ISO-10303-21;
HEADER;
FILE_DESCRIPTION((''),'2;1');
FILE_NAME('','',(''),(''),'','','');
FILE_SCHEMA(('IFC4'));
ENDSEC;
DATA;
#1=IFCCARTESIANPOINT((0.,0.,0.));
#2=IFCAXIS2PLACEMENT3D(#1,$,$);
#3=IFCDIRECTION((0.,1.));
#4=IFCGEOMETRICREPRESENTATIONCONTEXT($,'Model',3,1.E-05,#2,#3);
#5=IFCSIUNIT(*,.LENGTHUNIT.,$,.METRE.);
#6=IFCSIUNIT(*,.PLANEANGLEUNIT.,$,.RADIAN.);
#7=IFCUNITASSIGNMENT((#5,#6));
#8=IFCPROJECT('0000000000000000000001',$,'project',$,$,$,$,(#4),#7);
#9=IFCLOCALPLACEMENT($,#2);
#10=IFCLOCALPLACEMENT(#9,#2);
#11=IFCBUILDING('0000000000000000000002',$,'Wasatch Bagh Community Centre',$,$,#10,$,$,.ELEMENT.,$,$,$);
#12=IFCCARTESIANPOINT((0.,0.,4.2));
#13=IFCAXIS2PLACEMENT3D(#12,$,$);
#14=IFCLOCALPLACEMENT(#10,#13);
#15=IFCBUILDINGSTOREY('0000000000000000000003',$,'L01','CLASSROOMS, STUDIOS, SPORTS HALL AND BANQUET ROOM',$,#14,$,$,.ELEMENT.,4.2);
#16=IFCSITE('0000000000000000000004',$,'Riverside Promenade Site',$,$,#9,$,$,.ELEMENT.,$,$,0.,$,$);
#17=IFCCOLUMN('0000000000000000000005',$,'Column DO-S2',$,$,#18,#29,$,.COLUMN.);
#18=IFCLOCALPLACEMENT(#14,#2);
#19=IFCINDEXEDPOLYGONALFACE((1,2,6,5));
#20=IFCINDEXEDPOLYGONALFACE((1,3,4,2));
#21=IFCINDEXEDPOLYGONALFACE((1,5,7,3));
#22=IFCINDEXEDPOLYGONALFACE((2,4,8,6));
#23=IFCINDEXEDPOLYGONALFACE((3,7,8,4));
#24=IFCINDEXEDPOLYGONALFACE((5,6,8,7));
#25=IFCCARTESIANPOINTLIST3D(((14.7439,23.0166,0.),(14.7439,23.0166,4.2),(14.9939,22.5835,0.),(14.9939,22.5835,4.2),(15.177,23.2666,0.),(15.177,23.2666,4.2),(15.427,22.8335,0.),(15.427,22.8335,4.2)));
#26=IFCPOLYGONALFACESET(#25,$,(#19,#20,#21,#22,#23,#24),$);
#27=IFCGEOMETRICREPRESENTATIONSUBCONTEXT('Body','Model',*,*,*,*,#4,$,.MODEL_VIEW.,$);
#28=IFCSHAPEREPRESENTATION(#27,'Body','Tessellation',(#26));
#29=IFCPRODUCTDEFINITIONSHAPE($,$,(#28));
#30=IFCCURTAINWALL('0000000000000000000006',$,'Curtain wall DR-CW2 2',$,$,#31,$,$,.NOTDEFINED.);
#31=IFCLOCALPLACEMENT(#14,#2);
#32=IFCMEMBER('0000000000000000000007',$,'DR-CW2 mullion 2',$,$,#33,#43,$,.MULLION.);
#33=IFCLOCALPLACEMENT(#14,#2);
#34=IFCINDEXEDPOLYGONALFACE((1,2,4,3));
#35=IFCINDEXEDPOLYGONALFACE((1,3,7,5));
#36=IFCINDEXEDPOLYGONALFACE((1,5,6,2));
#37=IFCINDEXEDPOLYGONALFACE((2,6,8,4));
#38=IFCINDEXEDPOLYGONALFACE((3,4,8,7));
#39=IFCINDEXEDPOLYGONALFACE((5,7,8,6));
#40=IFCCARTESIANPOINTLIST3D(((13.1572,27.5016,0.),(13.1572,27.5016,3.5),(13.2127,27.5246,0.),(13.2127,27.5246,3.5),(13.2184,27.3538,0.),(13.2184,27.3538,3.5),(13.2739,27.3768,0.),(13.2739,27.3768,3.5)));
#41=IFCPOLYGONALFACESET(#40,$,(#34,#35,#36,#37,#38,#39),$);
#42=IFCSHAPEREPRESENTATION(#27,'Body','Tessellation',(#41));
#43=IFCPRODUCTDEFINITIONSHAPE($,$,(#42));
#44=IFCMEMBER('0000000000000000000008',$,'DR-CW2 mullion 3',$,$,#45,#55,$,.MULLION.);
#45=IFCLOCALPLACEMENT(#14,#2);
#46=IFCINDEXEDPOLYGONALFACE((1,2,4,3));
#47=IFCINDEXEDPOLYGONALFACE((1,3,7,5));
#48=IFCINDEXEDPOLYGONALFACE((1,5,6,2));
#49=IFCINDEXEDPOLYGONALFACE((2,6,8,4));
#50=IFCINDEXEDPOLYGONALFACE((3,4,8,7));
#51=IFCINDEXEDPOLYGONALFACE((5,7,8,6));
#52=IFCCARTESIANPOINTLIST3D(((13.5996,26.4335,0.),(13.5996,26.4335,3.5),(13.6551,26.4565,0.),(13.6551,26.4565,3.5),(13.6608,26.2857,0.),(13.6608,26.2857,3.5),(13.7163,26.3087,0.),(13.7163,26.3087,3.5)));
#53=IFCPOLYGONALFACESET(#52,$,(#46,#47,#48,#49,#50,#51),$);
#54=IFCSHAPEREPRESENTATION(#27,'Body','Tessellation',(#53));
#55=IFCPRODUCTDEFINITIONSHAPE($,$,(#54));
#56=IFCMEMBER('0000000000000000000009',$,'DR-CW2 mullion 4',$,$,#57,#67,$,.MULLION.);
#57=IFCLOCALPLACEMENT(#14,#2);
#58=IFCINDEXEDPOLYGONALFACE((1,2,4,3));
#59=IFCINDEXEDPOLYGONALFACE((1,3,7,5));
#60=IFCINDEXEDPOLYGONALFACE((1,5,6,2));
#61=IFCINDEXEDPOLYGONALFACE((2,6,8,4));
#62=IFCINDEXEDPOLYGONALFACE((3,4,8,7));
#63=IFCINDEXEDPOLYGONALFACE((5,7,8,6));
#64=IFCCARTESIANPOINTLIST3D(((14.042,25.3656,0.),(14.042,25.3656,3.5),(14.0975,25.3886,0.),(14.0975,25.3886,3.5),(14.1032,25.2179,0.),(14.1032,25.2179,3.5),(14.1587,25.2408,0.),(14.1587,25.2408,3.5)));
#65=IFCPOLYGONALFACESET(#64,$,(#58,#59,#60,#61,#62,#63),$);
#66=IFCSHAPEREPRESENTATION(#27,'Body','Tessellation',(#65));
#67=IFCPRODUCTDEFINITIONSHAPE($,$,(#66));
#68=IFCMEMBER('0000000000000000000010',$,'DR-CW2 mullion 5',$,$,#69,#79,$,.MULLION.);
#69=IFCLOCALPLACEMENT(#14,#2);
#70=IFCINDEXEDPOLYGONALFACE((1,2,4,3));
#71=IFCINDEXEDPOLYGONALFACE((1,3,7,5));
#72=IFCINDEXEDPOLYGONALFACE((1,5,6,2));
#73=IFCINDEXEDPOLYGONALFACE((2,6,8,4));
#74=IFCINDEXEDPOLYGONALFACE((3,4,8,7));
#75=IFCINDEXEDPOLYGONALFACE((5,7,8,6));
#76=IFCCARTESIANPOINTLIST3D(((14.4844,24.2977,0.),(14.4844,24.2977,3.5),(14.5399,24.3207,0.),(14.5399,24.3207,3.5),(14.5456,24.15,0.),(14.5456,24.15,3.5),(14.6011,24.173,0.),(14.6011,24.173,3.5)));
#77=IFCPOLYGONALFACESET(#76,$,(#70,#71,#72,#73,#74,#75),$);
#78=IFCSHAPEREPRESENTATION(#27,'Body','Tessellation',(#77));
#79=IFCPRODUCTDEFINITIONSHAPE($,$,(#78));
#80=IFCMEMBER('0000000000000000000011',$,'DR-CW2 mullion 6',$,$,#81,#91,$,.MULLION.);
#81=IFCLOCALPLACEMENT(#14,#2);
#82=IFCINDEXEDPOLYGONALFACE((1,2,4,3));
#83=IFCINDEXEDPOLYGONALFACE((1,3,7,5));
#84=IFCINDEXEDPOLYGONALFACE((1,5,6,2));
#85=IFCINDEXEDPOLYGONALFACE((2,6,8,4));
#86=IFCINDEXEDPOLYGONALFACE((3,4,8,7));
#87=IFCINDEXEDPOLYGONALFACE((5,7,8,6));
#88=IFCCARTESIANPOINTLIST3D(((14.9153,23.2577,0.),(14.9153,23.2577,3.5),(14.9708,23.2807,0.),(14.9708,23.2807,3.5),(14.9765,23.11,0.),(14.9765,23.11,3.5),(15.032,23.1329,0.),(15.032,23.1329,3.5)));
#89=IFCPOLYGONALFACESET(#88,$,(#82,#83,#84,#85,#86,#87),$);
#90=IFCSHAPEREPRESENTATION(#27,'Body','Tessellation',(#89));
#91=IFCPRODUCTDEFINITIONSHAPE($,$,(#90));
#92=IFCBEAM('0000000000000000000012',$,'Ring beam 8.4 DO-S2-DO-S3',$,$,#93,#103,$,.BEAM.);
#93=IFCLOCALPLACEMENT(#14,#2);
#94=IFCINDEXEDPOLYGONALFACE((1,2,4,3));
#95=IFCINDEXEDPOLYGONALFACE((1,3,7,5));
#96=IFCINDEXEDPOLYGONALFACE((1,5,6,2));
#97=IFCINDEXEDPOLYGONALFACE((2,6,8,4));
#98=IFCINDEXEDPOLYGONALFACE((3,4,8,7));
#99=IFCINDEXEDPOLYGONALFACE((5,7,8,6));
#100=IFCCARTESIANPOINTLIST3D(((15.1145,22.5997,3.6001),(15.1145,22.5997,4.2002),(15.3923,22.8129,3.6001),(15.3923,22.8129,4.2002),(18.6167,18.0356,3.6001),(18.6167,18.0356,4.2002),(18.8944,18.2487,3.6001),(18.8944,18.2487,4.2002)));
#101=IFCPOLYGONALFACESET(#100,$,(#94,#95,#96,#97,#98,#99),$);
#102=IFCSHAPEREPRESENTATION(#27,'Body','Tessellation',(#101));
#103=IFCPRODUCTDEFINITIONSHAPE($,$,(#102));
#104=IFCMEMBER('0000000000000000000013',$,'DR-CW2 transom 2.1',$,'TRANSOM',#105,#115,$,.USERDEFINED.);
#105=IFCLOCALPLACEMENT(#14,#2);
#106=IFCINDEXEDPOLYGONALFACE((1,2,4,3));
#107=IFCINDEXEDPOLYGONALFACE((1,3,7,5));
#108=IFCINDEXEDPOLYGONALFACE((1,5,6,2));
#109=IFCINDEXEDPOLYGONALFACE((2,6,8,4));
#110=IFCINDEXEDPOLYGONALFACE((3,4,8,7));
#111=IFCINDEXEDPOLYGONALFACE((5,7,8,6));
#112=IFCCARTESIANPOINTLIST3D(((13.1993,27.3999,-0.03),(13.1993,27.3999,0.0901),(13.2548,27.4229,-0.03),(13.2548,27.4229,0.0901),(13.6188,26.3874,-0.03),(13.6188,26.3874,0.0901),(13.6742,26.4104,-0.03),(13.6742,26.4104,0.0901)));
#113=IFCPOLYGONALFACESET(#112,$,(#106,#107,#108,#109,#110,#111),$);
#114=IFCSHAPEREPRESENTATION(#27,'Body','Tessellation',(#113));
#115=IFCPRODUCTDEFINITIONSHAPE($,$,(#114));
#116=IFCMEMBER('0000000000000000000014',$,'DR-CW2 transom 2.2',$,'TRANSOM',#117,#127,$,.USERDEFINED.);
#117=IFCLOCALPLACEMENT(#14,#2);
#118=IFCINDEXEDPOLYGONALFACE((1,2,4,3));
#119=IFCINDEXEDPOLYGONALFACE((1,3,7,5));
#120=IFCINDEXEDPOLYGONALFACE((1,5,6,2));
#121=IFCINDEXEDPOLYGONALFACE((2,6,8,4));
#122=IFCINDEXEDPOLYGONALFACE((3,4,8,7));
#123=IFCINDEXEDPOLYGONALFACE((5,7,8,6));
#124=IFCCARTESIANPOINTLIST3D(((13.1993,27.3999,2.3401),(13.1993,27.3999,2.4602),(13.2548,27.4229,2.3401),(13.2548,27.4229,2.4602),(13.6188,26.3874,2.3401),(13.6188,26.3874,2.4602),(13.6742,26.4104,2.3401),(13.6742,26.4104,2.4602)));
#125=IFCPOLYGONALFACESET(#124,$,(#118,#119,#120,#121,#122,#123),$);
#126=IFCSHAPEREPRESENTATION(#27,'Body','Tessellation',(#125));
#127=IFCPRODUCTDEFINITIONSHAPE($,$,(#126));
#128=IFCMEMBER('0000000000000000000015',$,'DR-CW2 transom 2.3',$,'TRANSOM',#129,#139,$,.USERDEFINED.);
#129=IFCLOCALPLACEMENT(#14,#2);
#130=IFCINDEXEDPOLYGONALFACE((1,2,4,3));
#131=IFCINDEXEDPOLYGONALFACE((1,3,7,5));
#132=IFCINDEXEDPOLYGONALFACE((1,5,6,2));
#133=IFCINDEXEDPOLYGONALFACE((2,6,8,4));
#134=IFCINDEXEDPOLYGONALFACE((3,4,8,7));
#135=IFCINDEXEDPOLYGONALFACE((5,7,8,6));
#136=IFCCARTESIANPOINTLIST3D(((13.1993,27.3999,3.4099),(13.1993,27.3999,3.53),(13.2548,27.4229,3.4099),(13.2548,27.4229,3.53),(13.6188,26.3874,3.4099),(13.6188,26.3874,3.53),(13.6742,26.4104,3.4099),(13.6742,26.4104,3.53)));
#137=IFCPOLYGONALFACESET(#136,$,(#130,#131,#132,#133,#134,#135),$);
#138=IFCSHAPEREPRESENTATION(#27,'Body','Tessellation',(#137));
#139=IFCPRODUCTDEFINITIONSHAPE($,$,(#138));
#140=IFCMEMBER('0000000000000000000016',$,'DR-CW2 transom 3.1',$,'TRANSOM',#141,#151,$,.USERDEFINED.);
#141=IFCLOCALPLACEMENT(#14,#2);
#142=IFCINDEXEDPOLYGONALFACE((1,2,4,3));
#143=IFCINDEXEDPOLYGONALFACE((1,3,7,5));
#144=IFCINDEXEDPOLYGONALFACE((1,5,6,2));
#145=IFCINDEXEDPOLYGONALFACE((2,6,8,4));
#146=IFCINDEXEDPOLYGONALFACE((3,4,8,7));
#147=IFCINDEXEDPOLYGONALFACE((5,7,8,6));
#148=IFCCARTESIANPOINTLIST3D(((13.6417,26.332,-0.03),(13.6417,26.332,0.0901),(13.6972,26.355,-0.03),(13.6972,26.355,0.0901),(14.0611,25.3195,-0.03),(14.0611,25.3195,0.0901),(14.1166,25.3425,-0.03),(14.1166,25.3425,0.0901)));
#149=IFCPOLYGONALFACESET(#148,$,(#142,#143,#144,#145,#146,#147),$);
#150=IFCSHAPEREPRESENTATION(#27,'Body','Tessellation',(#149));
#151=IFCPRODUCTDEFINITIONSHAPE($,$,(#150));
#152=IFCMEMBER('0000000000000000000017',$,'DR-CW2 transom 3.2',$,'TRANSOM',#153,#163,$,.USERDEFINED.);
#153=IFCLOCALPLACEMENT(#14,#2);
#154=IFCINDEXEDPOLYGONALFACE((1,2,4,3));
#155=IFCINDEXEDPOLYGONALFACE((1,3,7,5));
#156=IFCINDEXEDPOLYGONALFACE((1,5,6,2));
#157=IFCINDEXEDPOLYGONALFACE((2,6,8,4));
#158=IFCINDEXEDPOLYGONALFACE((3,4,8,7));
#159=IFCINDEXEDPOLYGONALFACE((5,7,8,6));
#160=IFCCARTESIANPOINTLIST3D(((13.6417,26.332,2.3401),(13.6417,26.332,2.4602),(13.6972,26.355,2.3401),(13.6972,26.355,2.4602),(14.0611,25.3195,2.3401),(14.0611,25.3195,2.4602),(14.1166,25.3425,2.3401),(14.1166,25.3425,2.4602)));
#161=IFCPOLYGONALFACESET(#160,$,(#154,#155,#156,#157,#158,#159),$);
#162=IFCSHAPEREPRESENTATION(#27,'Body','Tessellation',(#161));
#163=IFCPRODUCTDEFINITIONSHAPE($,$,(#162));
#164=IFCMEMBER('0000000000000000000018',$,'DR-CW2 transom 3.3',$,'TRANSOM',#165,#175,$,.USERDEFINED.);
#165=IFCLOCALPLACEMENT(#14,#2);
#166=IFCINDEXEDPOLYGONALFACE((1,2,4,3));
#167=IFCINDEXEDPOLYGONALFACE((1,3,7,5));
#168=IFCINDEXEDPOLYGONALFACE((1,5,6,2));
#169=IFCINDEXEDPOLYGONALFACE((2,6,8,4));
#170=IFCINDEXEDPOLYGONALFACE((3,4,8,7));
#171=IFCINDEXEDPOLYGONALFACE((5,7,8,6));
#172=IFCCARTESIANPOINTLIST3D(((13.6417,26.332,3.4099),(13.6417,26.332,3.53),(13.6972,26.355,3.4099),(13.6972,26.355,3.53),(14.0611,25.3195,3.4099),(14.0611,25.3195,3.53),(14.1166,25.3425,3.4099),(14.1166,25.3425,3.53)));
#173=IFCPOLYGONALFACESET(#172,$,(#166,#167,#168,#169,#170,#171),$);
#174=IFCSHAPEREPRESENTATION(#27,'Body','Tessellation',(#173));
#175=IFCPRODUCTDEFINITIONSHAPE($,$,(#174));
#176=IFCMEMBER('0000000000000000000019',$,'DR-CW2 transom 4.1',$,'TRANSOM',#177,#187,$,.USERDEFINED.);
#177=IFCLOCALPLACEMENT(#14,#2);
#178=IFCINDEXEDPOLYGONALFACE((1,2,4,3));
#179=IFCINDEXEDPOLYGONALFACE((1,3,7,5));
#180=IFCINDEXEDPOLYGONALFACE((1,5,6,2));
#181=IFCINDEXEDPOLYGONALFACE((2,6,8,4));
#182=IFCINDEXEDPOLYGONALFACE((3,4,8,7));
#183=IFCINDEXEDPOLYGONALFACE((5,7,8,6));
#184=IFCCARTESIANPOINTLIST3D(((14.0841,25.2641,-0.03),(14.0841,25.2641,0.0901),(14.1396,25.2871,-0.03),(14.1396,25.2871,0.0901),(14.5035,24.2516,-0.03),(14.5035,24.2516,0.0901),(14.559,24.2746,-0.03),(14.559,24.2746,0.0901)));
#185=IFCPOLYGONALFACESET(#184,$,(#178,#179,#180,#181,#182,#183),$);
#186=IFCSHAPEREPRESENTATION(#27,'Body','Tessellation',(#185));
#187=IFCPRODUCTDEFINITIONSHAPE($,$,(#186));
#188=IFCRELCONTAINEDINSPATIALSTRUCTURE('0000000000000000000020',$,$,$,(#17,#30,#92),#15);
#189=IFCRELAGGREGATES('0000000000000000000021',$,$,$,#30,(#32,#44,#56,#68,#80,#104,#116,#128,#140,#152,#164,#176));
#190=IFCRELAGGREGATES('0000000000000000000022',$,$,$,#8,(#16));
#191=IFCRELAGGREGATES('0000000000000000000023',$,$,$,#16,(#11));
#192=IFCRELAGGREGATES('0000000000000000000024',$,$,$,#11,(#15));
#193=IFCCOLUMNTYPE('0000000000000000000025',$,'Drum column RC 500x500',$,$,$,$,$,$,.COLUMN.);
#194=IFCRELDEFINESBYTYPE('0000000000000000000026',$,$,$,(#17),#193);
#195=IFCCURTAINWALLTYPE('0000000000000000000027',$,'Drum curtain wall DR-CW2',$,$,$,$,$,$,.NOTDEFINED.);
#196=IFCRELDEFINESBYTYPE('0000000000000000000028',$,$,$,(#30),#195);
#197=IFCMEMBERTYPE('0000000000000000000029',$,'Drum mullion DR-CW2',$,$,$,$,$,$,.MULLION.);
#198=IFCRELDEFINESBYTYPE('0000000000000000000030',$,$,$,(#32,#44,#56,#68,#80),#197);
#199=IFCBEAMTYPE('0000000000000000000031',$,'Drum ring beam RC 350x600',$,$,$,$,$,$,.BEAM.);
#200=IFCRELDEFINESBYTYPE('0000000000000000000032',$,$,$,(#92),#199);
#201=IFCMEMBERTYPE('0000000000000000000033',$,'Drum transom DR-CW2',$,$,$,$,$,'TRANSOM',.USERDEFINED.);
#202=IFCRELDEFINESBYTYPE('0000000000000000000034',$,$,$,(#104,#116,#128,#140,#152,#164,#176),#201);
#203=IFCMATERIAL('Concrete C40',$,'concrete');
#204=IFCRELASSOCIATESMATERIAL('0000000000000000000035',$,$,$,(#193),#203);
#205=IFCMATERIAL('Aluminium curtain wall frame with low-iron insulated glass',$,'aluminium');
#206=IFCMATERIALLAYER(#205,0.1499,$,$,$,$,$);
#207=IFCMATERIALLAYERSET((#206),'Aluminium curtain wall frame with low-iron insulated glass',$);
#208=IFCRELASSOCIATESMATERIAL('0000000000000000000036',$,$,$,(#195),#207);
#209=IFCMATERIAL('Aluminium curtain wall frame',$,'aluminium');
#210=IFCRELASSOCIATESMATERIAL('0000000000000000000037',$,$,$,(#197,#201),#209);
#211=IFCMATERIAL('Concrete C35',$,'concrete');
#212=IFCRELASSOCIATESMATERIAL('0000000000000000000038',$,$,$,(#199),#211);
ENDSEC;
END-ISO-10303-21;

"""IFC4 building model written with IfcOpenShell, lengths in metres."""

from ifc_helpers import new_model, si_unit, direction, frame, origin, origin_2d, place, context, subcontext, project, spatial, rectangle, extrude, material, layer, layer_set, material_profile, profile_set, type_object, element, aggregate, save


model = new_model("IFC4")

# Units and contexts
model_context = context("Model", 3, precision=1e-05, world=origin(), true_north=direction((0.0, 1.0)))
body_context = subcontext(model_context, "Body", "Model", "MODEL_VIEW")
ifc_project = project(units=[si_unit("LENGTHUNIT", "METRE"), si_unit("PLANEANGLEUNIT", "RADIAN")], contexts=[model_context])

# Site, building, storey
site_placement = place(None, origin())
site = spatial("IfcSite", under=ifc_project, at=site_placement, Name="Riverside Promenade Site", CompositionType="ELEMENT", RefElevation=0.0)
building_placement = place(site_placement, origin())
building = spatial("IfcBuilding", under=site, at=building_placement, Name="Wasatch Bagh Community Centre", CompositionType="ELEMENT")
storey_placement = place(building_placement, frame((0.0, 0.0, 4.2)))
storey = spatial("IfcBuildingStorey", under=building, at=storey_placement, Name="L01", Description="CLASSROOMS, STUDIOS, SPORTS HALL AND BANQUET ROOM", CompositionType="ELEMENT", Elevation=4.2)

# Column
ifc_material_1 = material(Name="Concrete C40", Category="concrete")
ifc_material_profile_1 = material_profile(ifc_material_1, rectangle(XDim=0.5, YDim=0.5, at=origin_2d()), Name="RC 500x500")
ifc_profile_set_1 = profile_set([ifc_material_profile_1], Name="Concrete C40")
column_type = type_object("IfcColumnType", Name="Drum column RC 500x500", PredefinedType="COLUMN", material=ifc_profile_set_1)
column_placement = place(storey_placement, frame((15.0854, 22.925, 0.0), z_axis=(0.0, 0.0, 1.0), x_axis=(0.866025, 0.5, 0.0)))
element("IfcColumn", 1, at=column_placement, inside=storey, type_object=column_type, Name="Column DO-S2", PredefinedType="COLUMN", context=body_context, shape_type="SweptSolid", body=[
    extrude(rectangle(XDim=0.5, YDim=0.5, at=origin_2d()), origin(), (0.0, 0.0, 1.0), 4.2),
])

# Curtain wall, members
ifc_material_2 = material(Name="Aluminium curtain wall frame with low-iron insulated glass", Category="aluminium")
ifc_layer_1 = layer(ifc_material_2, 0.1499)
ifc_layer_set_1 = layer_set([ifc_layer_1], Name="Aluminium curtain wall frame with low-iron insulated glass")
curtain_wall_type = type_object("IfcCurtainWallType", Name="Drum curtain wall DR-CW2", PredefinedType="NOTDEFINED", material=ifc_layer_set_1)
curtain_wall_placement = place(storey_placement, origin())
curtain_wall = element("IfcCurtainWall", 2, at=curtain_wall_placement, inside=storey, type_object=curtain_wall_type, Name="Curtain wall DR-CW2 2", PredefinedType="NOTDEFINED")
ifc_material_3 = material(Name="Aluminium curtain wall frame", Category="aluminium")
ifc_material_profile_2 = material_profile(ifc_material_3, rectangle(XDim=0.0601, YDim=0.1599, at=origin_2d()), Name="Drum mullion DR-CW2")
ifc_profile_set_2 = profile_set([ifc_material_profile_2], Name="Aluminium curtain wall frame")
member_type_1 = type_object("IfcMemberType", Name="Drum mullion DR-CW2", PredefinedType="MULLION", material=ifc_profile_set_2)
member_1_placement = place(storey_placement, frame((13.2156, 27.4392, 0.0), z_axis=(0.0, 0.0, 1.0), x_axis=(0.92388, 0.382683, 0.0)))
member_1 = element("IfcMember", 3, at=member_1_placement, type_object=member_type_1, Name="DR-CW2 mullion 2", PredefinedType="MULLION", context=body_context, shape_type="SweptSolid", body=[
    extrude(rectangle(XDim=0.0601, YDim=0.1599, at=origin_2d()), origin(), (0.0, 0.0, 1.0), 3.5),
])
member_2_placement = place(storey_placement, frame((13.658, 26.3711, 0.0), z_axis=(0.0, 0.0, 1.0), x_axis=(0.92388, 0.382683, 0.0)))
member_2 = element("IfcMember", 4, at=member_2_placement, type_object=member_type_1, Name="DR-CW2 mullion 3", PredefinedType="MULLION", context=body_context, shape_type="SweptSolid", body=[
    extrude(rectangle(XDim=0.0601, YDim=0.1599, at=origin_2d()), origin(), (0.0, 0.0, 1.0), 3.5),
])
member_3_placement = place(storey_placement, frame((14.1003, 25.3032, 0.0), z_axis=(0.0, 0.0, 1.0), x_axis=(0.92388, 0.382683, 0.0)))
member_3 = element("IfcMember", 5, at=member_3_placement, type_object=member_type_1, Name="DR-CW2 mullion 4", PredefinedType="MULLION", context=body_context, shape_type="SweptSolid", body=[
    extrude(rectangle(XDim=0.0601, YDim=0.1599, at=origin_2d()), origin(), (0.0, 0.0, 1.0), 3.5),
])
member_4_placement = place(storey_placement, frame((14.5427, 24.2354, 0.0), z_axis=(0.0, 0.0, 1.0), x_axis=(0.92388, 0.382683, 0.0)))
member_4 = element("IfcMember", 6, at=member_4_placement, type_object=member_type_1, Name="DR-CW2 mullion 5", PredefinedType="MULLION", context=body_context, shape_type="SweptSolid", body=[
    extrude(rectangle(XDim=0.0601, YDim=0.1599, at=origin_2d()), origin(), (0.0, 0.0, 1.0), 3.5),
])
member_5_placement = place(storey_placement, frame((14.9736, 23.1953, 0.0), z_axis=(0.0, 0.0, 1.0), x_axis=(0.92388, 0.382683, 0.0)))
member_5 = element("IfcMember", 7, at=member_5_placement, type_object=member_type_1, Name="DR-CW2 mullion 6", PredefinedType="MULLION", context=body_context, shape_type="SweptSolid", body=[
    extrude(rectangle(XDim=0.0601, YDim=0.1599, at=origin_2d()), origin(), (0.0, 0.0, 1.0), 3.5),
])

# Beam
ifc_material_4 = material(Name="Concrete C35", Category="concrete")
ifc_material_profile_3 = material_profile(ifc_material_4, rectangle(XDim=0.3501, YDim=0.6001, at=origin_2d()), Name="RC 350x600")
ifc_profile_set_3 = profile_set([ifc_material_profile_3], Name="Concrete C35")
beam_type = type_object("IfcBeamType", Name="Drum ring beam RC 350x600", PredefinedType="BEAM", material=ifc_profile_set_3)
beam_placement = place(storey_placement, frame((15.2534, 22.7063, 3.9001), z_axis=(0.608757, -0.793357, 0.0), x_axis=(0.793357, 0.608757, 0.0)))
element("IfcBeam", 8, at=beam_placement, inside=storey, type_object=beam_type, Name="Ring beam 8.4 DO-S2-DO-S3", PredefinedType="BEAM", context=body_context, shape_type="SweptSolid", body=[
    extrude(rectangle(XDim=0.3501, YDim=0.6001, at=origin_2d()), origin(), (0.0, 0.0, 1.0), 5.7529),
])

# Members
ifc_material_profile_4 = material_profile(ifc_material_3, rectangle(XDim=0.0601, YDim=0.1201, at=origin_2d()), Name="Drum transom DR-CW2")
ifc_profile_set_4 = profile_set([ifc_material_profile_4], Name="Aluminium curtain wall frame")
member_type_2 = type_object("IfcMemberType", Name="Drum transom DR-CW2", ElementType="TRANSOM", PredefinedType="USERDEFINED", material=ifc_profile_set_4)
member_6_placement = place(storey_placement, frame((13.2271, 27.4114, 0.03), z_axis=(0.382732, -0.923859, 0.0), x_axis=(0.923859, 0.382732, 0.0)))
member_6 = element("IfcMember", 9, at=member_6_placement, type_object=member_type_2, Name="DR-CW2 transom 2.1", ObjectType="TRANSOM", PredefinedType="USERDEFINED", context=body_context, shape_type="SweptSolid", body=[
    extrude(rectangle(XDim=0.0601, YDim=0.1201, at=origin_2d()), origin(), (0.0, 0.0, 1.0), 1.0959),
])
member_7_placement = place(storey_placement, frame((13.2271, 27.4114, 2.4001), z_axis=(0.382732, -0.923859, 0.0), x_axis=(0.923859, 0.382732, 0.0)))
member_7 = element("IfcMember", 10, at=member_7_placement, type_object=member_type_2, Name="DR-CW2 transom 2.2", ObjectType="TRANSOM", PredefinedType="USERDEFINED", context=body_context, shape_type="SweptSolid", body=[
    extrude(rectangle(XDim=0.0601, YDim=0.1201, at=origin_2d()), origin(), (0.0, 0.0, 1.0), 1.0959),
])
member_8_placement = place(storey_placement, frame((13.2271, 27.4114, 3.47), z_axis=(0.382732, -0.923859, 0.0), x_axis=(0.923859, 0.382732, 0.0)))
member_8 = element("IfcMember", 11, at=member_8_placement, type_object=member_type_2, Name="DR-CW2 transom 2.3", ObjectType="TRANSOM", PredefinedType="USERDEFINED", context=body_context, shape_type="SweptSolid", body=[
    extrude(rectangle(XDim=0.0601, YDim=0.1201, at=origin_2d()), origin(), (0.0, 0.0, 1.0), 1.0959),
])
member_9_placement = place(storey_placement, frame((13.6694, 26.3435, 0.03), z_axis=(0.382732, -0.923859, 0.0), x_axis=(0.923859, 0.382732, 0.0)))
member_9 = element("IfcMember", 12, at=member_9_placement, type_object=member_type_2, Name="DR-CW2 transom 3.1", ObjectType="TRANSOM", PredefinedType="USERDEFINED", context=body_context, shape_type="SweptSolid", body=[
    extrude(rectangle(XDim=0.0601, YDim=0.1201, at=origin_2d()), origin(), (0.0, 0.0, 1.0), 1.0959),
])
member_10_placement = place(storey_placement, frame((13.6694, 26.3435, 2.4001), z_axis=(0.382732, -0.923859, 0.0), x_axis=(0.923859, 0.382732, 0.0)))
member_10 = element("IfcMember", 13, at=member_10_placement, type_object=member_type_2, Name="DR-CW2 transom 3.2", ObjectType="TRANSOM", PredefinedType="USERDEFINED", context=body_context, shape_type="SweptSolid", body=[
    extrude(rectangle(XDim=0.0601, YDim=0.1201, at=origin_2d()), origin(), (0.0, 0.0, 1.0), 1.0959),
])
member_11_placement = place(storey_placement, frame((13.6694, 26.3435, 3.47), z_axis=(0.382732, -0.923859, 0.0), x_axis=(0.923859, 0.382732, 0.0)))
member_11 = element("IfcMember", 14, at=member_11_placement, type_object=member_type_2, Name="DR-CW2 transom 3.3", ObjectType="TRANSOM", PredefinedType="USERDEFINED", context=body_context, shape_type="SweptSolid", body=[
    extrude(rectangle(XDim=0.0601, YDim=0.1201, at=origin_2d()), origin(), (0.0, 0.0, 1.0), 1.0959),
])
member_12_placement = place(storey_placement, frame((14.1118, 25.2756, 0.03), z_axis=(0.382732, -0.923859, 0.0), x_axis=(0.923859, 0.382732, 0.0)))
member_12 = element("IfcMember", 15, at=member_12_placement, type_object=member_type_2, Name="DR-CW2 transom 4.1", ObjectType="TRANSOM", PredefinedType="USERDEFINED", context=body_context, shape_type="SweptSolid", body=[
    extrude(rectangle(XDim=0.0601, YDim=0.1201, at=origin_2d()), origin(), (0.0, 0.0, 1.0), 1.0959),
])

aggregate(curtain_wall, [member_1, member_2, member_3, member_4, member_5, member_6, member_7, member_8, member_9, member_10, member_11, member_12])

save(model, "model.ifc")
